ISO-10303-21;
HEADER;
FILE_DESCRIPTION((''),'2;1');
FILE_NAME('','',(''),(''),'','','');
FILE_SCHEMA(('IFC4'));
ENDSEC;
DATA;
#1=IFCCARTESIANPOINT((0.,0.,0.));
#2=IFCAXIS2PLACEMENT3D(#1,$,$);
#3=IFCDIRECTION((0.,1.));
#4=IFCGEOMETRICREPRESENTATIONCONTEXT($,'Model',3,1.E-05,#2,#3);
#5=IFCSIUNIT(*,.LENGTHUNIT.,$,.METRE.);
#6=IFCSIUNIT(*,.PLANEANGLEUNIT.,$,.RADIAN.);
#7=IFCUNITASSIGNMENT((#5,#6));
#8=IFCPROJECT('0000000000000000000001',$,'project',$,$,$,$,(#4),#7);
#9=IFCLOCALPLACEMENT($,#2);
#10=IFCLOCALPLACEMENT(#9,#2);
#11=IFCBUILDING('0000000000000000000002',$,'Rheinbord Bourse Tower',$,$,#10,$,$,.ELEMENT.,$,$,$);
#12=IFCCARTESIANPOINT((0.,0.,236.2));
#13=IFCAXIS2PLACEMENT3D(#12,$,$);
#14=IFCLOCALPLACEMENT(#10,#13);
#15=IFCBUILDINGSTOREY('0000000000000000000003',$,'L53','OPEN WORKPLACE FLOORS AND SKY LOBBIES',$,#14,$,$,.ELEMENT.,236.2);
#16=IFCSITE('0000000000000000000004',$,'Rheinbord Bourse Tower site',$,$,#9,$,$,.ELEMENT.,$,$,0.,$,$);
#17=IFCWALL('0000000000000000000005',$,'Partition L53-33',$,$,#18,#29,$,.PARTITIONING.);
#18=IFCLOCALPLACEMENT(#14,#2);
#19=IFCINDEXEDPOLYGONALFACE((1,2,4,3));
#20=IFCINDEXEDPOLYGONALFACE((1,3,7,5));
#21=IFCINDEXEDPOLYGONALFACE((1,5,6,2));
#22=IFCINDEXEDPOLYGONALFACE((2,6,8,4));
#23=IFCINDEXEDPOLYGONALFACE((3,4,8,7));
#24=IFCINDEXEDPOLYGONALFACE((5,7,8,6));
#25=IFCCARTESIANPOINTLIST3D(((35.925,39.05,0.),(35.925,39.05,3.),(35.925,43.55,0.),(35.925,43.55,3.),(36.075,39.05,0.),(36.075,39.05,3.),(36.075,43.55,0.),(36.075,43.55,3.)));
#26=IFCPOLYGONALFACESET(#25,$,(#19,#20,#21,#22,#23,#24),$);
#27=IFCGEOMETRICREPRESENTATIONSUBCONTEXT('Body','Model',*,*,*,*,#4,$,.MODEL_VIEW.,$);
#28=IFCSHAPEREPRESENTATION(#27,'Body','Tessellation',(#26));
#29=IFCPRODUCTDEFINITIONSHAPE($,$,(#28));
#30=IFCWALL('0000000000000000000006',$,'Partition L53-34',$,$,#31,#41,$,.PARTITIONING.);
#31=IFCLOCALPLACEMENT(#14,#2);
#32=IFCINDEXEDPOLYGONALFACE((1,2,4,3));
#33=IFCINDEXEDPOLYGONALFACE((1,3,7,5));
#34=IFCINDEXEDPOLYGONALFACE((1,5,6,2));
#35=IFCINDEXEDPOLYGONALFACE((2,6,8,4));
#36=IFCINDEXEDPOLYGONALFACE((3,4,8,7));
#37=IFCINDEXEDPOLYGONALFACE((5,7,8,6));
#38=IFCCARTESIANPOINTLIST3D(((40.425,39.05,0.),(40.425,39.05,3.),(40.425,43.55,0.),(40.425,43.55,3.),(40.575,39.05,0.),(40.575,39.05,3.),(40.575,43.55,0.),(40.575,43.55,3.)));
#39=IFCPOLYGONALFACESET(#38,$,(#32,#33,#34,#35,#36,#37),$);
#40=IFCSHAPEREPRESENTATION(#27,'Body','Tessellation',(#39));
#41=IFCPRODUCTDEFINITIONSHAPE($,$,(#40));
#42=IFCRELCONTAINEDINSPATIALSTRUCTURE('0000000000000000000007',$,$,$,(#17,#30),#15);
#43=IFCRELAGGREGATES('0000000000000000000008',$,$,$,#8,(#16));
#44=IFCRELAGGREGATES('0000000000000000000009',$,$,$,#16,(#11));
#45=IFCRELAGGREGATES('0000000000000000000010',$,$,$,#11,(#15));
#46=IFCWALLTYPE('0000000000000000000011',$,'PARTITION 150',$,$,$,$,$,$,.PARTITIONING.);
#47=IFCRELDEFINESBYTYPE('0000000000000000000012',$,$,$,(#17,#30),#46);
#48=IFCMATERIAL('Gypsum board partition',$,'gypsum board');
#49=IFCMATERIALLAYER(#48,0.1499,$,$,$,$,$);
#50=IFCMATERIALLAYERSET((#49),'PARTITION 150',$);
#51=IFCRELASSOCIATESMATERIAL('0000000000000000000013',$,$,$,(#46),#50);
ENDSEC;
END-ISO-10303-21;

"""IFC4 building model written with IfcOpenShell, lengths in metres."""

from ifc_helpers import new_model, si_unit, direction, frame, frame_2d, origin, place, context, subcontext, project, spatial, rectangle, extrude, material, layer, layer_set, type_object, element, save


model = new_model("IFC4")

# Units and contexts
model_context = context("Model", 3, precision=1e-05, world=origin(), true_north=direction((0.0, 1.0)))
body_context = subcontext(model_context, "Body", "Model", "MODEL_VIEW")
ifc_project = project(units=[si_unit("LENGTHUNIT", "METRE"), si_unit("PLANEANGLEUNIT", "RADIAN")], contexts=[model_context])

# Site, building, storey
site_placement = place(None, origin())
site = spatial("IfcSite", under=ifc_project, at=site_placement, Name="Rheinbord Bourse Tower site", CompositionType="ELEMENT", RefElevation=0.0)
building_placement = place(site_placement, origin())
building = spatial("IfcBuilding", under=site, at=building_placement, Name="Rheinbord Bourse Tower", CompositionType="ELEMENT")
storey_placement = place(building_placement, frame((0.0, 0.0, 236.2)))
storey = spatial("IfcBuildingStorey", under=building, at=storey_placement, Name="L53", Description="OPEN WORKPLACE FLOORS AND SKY LOBBIES", CompositionType="ELEMENT", Elevation=236.2)

# Walls
ifc_material_1 = material(Name="Gypsum board partition", Category="gypsum board")
ifc_layer_1 = layer(ifc_material_1, 0.1499)
ifc_layer_set_1 = layer_set([ifc_layer_1], Name="PARTITION 150")
wall_type_1 = type_object("IfcWallType", Name="PARTITION 150", PredefinedType="PARTITIONING", material=ifc_layer_set_1)
for number, where, z_axis, x_axis, name in (
    (1, (36.0, 39.05, 0.0), (0.0, 0.0, 1.0), (0.0, 1.0, 0.0), "Partition L53-33"),
    (2, (40.5, 39.05, 0.0), (0.0, 0.0, 1.0), (0.0, 1.0, 0.0), "Partition L53-34"),
):
    element("IfcWall", number, at=place(storey_placement, frame(where, z_axis=z_axis, x_axis=x_axis)), inside=storey, type_object=wall_type_1, Name=name, PredefinedType="PARTITIONING", context=body_context, shape_type="SweptSolid", body=[
        extrude(rectangle(XDim=4.5, YDim=0.1499, at=frame_2d((2.25, 0.0))), origin(), (0.0, 0.0, 1.0), 3.0),
    ])

save(model, "model.ifc")
